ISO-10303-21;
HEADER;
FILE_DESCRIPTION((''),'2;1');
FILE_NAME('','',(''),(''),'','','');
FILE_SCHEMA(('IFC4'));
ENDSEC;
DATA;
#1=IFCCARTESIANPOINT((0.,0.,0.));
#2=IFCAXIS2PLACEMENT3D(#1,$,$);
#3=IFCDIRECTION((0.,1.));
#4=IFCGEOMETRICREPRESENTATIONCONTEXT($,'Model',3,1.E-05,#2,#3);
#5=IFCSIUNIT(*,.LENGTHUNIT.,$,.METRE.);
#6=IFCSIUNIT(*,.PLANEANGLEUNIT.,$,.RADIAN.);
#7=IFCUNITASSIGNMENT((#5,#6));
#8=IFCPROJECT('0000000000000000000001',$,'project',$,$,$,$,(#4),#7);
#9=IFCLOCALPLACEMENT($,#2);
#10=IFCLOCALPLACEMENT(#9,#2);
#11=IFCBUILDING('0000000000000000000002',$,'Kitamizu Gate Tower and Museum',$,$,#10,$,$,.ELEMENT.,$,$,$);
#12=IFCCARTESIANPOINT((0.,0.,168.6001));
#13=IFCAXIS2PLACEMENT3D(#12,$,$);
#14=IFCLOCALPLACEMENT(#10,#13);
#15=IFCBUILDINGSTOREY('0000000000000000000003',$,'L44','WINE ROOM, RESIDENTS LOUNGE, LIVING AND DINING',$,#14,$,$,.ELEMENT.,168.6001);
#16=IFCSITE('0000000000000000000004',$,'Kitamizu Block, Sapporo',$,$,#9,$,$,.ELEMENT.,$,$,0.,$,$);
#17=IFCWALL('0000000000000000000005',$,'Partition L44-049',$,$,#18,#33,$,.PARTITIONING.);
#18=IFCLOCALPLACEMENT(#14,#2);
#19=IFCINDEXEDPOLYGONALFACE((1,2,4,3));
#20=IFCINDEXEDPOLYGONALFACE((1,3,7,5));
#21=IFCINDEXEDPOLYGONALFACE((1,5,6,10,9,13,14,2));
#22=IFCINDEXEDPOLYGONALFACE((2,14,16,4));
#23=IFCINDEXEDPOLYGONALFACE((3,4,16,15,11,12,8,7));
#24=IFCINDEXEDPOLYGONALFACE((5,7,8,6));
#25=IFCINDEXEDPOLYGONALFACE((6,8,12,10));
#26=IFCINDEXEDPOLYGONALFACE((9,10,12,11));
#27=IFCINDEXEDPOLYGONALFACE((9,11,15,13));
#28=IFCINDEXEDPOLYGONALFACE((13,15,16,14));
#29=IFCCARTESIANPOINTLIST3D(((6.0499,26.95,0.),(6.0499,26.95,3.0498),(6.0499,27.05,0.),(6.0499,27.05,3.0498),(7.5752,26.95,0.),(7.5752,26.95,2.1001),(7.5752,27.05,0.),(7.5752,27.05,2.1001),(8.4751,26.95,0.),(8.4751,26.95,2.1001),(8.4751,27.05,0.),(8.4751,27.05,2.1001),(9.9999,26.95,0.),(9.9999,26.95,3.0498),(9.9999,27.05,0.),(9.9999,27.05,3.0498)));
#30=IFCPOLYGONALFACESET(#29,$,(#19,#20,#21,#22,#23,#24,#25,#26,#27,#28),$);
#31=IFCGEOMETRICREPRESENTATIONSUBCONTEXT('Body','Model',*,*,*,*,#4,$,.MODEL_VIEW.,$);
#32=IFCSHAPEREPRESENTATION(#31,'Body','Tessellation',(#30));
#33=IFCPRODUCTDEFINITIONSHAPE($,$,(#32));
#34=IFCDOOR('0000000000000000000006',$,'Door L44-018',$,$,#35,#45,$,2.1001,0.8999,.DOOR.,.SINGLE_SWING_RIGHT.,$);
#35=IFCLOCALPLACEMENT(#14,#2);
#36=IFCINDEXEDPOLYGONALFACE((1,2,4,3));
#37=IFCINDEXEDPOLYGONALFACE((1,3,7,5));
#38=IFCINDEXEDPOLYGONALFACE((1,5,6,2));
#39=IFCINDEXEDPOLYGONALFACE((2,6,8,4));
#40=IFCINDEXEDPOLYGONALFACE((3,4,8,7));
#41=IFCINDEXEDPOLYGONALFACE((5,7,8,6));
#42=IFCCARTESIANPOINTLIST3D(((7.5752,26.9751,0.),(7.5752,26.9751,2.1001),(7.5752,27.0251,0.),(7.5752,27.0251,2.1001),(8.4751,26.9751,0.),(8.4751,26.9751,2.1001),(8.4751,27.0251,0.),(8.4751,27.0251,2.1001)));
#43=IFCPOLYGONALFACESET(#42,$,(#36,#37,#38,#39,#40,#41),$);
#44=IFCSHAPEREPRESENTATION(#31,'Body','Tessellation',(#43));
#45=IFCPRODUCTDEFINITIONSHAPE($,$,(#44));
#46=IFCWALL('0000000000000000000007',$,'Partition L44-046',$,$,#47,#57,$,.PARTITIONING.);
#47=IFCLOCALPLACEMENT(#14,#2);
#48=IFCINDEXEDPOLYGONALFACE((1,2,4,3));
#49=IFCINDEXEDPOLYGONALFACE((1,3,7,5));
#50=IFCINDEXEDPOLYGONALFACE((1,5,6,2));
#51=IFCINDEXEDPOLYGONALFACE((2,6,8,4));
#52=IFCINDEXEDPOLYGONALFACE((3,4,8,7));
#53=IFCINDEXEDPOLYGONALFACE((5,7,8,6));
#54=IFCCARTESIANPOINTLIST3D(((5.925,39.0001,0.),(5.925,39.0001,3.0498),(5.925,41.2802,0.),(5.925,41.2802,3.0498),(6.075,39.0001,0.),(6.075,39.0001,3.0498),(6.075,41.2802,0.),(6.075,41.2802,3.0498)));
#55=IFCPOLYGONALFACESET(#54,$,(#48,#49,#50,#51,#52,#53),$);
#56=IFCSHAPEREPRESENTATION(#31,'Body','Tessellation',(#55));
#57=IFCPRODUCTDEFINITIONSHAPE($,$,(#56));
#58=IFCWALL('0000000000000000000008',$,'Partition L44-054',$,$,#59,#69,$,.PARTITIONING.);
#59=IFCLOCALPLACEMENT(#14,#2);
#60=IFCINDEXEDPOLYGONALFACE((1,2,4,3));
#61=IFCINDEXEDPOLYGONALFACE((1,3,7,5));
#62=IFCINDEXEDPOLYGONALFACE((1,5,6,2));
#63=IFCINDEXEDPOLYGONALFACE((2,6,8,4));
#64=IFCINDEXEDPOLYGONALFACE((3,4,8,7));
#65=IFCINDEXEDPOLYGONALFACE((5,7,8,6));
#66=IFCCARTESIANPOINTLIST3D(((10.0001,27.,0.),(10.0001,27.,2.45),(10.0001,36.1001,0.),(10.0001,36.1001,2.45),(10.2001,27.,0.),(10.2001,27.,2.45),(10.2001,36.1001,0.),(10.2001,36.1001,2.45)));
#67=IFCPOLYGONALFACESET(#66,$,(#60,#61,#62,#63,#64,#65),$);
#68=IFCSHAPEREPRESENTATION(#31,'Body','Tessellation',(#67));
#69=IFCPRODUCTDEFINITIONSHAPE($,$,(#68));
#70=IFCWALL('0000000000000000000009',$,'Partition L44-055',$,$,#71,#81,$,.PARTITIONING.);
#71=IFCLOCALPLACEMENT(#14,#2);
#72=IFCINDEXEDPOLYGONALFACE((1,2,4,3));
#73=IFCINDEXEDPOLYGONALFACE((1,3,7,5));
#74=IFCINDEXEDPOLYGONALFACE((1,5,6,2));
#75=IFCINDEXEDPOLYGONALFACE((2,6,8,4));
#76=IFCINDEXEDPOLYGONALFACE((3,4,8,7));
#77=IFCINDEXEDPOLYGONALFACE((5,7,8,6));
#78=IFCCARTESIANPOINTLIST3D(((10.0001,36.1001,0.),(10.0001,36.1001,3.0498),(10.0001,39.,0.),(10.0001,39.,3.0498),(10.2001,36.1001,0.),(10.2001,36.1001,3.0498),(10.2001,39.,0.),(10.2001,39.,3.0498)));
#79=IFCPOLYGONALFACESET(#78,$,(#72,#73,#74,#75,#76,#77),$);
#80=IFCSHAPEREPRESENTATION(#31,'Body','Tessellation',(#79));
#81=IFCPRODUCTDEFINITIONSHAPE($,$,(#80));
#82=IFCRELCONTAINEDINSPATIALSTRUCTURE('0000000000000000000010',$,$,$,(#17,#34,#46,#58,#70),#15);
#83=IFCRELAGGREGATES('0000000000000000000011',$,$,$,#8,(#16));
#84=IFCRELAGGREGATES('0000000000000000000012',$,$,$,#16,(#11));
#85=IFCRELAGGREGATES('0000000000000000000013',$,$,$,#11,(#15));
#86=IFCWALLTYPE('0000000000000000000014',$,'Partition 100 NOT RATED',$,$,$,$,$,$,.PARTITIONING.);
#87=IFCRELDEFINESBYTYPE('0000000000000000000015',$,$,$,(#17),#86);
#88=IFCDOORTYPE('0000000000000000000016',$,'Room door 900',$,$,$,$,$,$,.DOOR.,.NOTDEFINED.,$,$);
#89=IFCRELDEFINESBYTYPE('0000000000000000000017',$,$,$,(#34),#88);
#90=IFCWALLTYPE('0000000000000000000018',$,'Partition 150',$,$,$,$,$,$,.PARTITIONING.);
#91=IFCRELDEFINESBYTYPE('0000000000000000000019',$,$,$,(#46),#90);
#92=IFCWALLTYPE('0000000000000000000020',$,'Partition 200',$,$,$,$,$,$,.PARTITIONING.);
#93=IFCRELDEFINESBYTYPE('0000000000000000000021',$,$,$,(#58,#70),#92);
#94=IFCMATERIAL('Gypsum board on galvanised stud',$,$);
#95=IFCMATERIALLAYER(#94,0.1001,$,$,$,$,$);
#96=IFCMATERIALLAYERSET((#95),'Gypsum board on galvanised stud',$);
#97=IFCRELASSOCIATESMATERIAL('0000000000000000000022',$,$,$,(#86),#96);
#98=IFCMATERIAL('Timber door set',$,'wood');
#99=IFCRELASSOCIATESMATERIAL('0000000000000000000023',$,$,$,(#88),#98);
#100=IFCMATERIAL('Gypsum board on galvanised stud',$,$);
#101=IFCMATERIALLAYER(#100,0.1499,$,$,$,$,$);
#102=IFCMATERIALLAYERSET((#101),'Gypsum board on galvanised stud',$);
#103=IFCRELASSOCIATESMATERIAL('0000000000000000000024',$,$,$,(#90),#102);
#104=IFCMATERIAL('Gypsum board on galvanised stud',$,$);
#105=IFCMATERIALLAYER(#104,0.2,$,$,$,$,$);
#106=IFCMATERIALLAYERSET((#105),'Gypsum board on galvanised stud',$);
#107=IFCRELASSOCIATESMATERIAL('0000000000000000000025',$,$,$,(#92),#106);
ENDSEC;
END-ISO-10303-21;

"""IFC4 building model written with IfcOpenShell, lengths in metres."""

from ifc_helpers import new_model, si_unit, direction, frame, frame_2d, origin, place, context, subcontext, project, spatial, rectangle, extrude, material, layer, layer_set, type_object, element, fill, save


model = new_model("IFC4")

# Units and contexts
model_context = context("Model", 3, precision=1e-05, world=origin(), true_north=direction((0.0, 1.0)))
body_context = subcontext(model_context, "Body", "Model", "MODEL_VIEW")
ifc_project = project(units=[si_unit("LENGTHUNIT", "METRE"), si_unit("PLANEANGLEUNIT", "RADIAN")], contexts=[model_context])

# Site, building, storey
site_placement = place(None, origin())
site = spatial("IfcSite", under=ifc_project, at=site_placement, Name="Kitamizu Block, Sapporo", CompositionType="ELEMENT", RefElevation=0.0)
building_placement = place(site_placement, origin())
building = spatial("IfcBuilding", under=site, at=building_placement, Name="Kitamizu Gate Tower and Museum", CompositionType="ELEMENT")
storey_placement = place(building_placement, frame((0.0, 0.0, 168.6001)))
storey = spatial("IfcBuildingStorey", under=building, at=storey_placement, Name="L44", Description="WINE ROOM, RESIDENTS LOUNGE, LIVING AND DINING", CompositionType="ELEMENT", Elevation=168.6001)

# Shared definitions
ifc_material_1 = material(Name="Gypsum board on galvanised stud")
ifc_layer_1 = layer(ifc_material_1, 0.1001)
ifc_layer_set_1 = layer_set([ifc_layer_1], Name="Gypsum board on galvanised stud")
wall_type_1 = type_object("IfcWallType", Name="Partition 100 NOT RATED", PredefinedType="PARTITIONING", material=ifc_layer_set_1)
ifc_material_2 = material(Name="Timber door set", Category="wood")
door_type = type_object("IfcDoorType", Name="Room door 900", OperationType="NOTDEFINED", PredefinedType="DOOR", material=ifc_material_2)

# Wall, opening, door
wall_1_placement = place(storey_placement, frame((10.0, 27.0, 0.0), z_axis=(0.0, 0.0, 1.0), x_axis=(-1.0, 0.0, 0.0)))
wall_1 = element("IfcWall", 1, at=wall_1_placement, inside=storey, type_object=wall_type_1, Name="Partition L44-049", PredefinedType="PARTITIONING", context=body_context, shape_type="SweptSolid", body=[
    extrude(rectangle(XDim=3.95, YDim=0.1001, at=frame_2d((1.9751, 0.0))), origin(), (0.0, 0.0, 1.0), 3.0498),
])
opening_1_placement = place(wall_1_placement, frame((1.5249, 0.0, 0.0)))
opening_1 = element("IfcOpeningElement", 2, at=opening_1_placement, cuts=wall_1, PredefinedType="OPENING", context=body_context, shape_type="SweptSolid", body=[
    extrude(rectangle(XDim=0.8999, YDim=2.1001, at=frame_2d((0.45, 1.05))), frame((0.0, 0.0601, 0.0), z_axis=(0.0, -1.0, 0.0), x_axis=(1.0, 0.0, 0.0)), (0.0, 0.0, 1.0), 0.1201),
])
door_1_placement = place(opening_1_placement, origin())
door_1 = element("IfcDoor", 3, at=door_1_placement, inside=storey, type_object=door_type, Name="Door L44-018", OperationType="SINGLE_SWING_RIGHT", OverallHeight=2.1001, OverallWidth=0.8999, PredefinedType="DOOR", context=body_context, shape_type="SweptSolid", body=[
    extrude(rectangle(XDim=0.8999, YDim=2.1001, at=frame_2d((0.45, 1.05))), frame((0.0, 0.0249, 0.0), z_axis=(0.0, -1.0, 0.0), x_axis=(1.0, 0.0, 0.0)), (0.0, 0.0, 1.0), 0.05),
])
fill(opening_1, door_1)

# Walls
ifc_material_3 = material(Name="Gypsum board on galvanised stud")
ifc_layer_2 = layer(ifc_material_3, 0.1499)
ifc_layer_set_2 = layer_set([ifc_layer_2], Name="Gypsum board on galvanised stud")
wall_type_2 = type_object("IfcWallType", Name="Partition 150", PredefinedType="PARTITIONING", material=ifc_layer_set_2)
wall_2_placement = place(storey_placement, frame((6.0, 39.0, 0.0), z_axis=(0.0, 0.0, 1.0), x_axis=(0.0, 1.0, 0.0)))
element("IfcWall", 4, at=wall_2_placement, inside=storey, type_object=wall_type_2, Name="Partition L44-046", PredefinedType="PARTITIONING", context=body_context, shape_type="SweptSolid", body=[
    extrude(rectangle(XDim=2.28, YDim=0.1499, at=frame_2d((1.1401, 0.0))), origin(), (0.0, 0.0, 1.0), 3.0498),
])
ifc_material_4 = material(Name="Gypsum board on galvanised stud")
ifc_layer_3 = layer(ifc_material_4, 0.2)
ifc_layer_set_3 = layer_set([ifc_layer_3], Name="Gypsum board on galvanised stud")
wall_type_3 = type_object("IfcWallType", Name="Partition 200", PredefinedType="PARTITIONING", material=ifc_layer_set_3)
wall_3_placement = place(storey_placement, frame((10.1001, 27.0, 0.0), z_axis=(0.0, 0.0, 1.0), x_axis=(0.0, 1.0, 0.0)))
element("IfcWall", 5, at=wall_3_placement, inside=storey, type_object=wall_type_3, Name="Partition L44-054", PredefinedType="PARTITIONING", context=body_context, shape_type="SweptSolid", body=[
    extrude(rectangle(XDim=9.1001, YDim=0.2, at=frame_2d((4.55, 0.0))), origin(), (0.0, 0.0, 1.0), 2.45),
])
wall_4_placement = place(storey_placement, frame((10.1001, 36.1001, 0.0), z_axis=(0.0, 0.0, 1.0), x_axis=(0.0, 1.0, 0.0)))
element("IfcWall", 6, at=wall_4_placement, inside=storey, type_object=wall_type_3, Name="Partition L44-055", PredefinedType="PARTITIONING", context=body_context, shape_type="SweptSolid", body=[
    extrude(rectangle(XDim=2.8999, YDim=0.2, at=frame_2d((1.45, 0.0))), origin(), (0.0, 0.0, 1.0), 3.0498),
])

save(model, "model.ifc")
